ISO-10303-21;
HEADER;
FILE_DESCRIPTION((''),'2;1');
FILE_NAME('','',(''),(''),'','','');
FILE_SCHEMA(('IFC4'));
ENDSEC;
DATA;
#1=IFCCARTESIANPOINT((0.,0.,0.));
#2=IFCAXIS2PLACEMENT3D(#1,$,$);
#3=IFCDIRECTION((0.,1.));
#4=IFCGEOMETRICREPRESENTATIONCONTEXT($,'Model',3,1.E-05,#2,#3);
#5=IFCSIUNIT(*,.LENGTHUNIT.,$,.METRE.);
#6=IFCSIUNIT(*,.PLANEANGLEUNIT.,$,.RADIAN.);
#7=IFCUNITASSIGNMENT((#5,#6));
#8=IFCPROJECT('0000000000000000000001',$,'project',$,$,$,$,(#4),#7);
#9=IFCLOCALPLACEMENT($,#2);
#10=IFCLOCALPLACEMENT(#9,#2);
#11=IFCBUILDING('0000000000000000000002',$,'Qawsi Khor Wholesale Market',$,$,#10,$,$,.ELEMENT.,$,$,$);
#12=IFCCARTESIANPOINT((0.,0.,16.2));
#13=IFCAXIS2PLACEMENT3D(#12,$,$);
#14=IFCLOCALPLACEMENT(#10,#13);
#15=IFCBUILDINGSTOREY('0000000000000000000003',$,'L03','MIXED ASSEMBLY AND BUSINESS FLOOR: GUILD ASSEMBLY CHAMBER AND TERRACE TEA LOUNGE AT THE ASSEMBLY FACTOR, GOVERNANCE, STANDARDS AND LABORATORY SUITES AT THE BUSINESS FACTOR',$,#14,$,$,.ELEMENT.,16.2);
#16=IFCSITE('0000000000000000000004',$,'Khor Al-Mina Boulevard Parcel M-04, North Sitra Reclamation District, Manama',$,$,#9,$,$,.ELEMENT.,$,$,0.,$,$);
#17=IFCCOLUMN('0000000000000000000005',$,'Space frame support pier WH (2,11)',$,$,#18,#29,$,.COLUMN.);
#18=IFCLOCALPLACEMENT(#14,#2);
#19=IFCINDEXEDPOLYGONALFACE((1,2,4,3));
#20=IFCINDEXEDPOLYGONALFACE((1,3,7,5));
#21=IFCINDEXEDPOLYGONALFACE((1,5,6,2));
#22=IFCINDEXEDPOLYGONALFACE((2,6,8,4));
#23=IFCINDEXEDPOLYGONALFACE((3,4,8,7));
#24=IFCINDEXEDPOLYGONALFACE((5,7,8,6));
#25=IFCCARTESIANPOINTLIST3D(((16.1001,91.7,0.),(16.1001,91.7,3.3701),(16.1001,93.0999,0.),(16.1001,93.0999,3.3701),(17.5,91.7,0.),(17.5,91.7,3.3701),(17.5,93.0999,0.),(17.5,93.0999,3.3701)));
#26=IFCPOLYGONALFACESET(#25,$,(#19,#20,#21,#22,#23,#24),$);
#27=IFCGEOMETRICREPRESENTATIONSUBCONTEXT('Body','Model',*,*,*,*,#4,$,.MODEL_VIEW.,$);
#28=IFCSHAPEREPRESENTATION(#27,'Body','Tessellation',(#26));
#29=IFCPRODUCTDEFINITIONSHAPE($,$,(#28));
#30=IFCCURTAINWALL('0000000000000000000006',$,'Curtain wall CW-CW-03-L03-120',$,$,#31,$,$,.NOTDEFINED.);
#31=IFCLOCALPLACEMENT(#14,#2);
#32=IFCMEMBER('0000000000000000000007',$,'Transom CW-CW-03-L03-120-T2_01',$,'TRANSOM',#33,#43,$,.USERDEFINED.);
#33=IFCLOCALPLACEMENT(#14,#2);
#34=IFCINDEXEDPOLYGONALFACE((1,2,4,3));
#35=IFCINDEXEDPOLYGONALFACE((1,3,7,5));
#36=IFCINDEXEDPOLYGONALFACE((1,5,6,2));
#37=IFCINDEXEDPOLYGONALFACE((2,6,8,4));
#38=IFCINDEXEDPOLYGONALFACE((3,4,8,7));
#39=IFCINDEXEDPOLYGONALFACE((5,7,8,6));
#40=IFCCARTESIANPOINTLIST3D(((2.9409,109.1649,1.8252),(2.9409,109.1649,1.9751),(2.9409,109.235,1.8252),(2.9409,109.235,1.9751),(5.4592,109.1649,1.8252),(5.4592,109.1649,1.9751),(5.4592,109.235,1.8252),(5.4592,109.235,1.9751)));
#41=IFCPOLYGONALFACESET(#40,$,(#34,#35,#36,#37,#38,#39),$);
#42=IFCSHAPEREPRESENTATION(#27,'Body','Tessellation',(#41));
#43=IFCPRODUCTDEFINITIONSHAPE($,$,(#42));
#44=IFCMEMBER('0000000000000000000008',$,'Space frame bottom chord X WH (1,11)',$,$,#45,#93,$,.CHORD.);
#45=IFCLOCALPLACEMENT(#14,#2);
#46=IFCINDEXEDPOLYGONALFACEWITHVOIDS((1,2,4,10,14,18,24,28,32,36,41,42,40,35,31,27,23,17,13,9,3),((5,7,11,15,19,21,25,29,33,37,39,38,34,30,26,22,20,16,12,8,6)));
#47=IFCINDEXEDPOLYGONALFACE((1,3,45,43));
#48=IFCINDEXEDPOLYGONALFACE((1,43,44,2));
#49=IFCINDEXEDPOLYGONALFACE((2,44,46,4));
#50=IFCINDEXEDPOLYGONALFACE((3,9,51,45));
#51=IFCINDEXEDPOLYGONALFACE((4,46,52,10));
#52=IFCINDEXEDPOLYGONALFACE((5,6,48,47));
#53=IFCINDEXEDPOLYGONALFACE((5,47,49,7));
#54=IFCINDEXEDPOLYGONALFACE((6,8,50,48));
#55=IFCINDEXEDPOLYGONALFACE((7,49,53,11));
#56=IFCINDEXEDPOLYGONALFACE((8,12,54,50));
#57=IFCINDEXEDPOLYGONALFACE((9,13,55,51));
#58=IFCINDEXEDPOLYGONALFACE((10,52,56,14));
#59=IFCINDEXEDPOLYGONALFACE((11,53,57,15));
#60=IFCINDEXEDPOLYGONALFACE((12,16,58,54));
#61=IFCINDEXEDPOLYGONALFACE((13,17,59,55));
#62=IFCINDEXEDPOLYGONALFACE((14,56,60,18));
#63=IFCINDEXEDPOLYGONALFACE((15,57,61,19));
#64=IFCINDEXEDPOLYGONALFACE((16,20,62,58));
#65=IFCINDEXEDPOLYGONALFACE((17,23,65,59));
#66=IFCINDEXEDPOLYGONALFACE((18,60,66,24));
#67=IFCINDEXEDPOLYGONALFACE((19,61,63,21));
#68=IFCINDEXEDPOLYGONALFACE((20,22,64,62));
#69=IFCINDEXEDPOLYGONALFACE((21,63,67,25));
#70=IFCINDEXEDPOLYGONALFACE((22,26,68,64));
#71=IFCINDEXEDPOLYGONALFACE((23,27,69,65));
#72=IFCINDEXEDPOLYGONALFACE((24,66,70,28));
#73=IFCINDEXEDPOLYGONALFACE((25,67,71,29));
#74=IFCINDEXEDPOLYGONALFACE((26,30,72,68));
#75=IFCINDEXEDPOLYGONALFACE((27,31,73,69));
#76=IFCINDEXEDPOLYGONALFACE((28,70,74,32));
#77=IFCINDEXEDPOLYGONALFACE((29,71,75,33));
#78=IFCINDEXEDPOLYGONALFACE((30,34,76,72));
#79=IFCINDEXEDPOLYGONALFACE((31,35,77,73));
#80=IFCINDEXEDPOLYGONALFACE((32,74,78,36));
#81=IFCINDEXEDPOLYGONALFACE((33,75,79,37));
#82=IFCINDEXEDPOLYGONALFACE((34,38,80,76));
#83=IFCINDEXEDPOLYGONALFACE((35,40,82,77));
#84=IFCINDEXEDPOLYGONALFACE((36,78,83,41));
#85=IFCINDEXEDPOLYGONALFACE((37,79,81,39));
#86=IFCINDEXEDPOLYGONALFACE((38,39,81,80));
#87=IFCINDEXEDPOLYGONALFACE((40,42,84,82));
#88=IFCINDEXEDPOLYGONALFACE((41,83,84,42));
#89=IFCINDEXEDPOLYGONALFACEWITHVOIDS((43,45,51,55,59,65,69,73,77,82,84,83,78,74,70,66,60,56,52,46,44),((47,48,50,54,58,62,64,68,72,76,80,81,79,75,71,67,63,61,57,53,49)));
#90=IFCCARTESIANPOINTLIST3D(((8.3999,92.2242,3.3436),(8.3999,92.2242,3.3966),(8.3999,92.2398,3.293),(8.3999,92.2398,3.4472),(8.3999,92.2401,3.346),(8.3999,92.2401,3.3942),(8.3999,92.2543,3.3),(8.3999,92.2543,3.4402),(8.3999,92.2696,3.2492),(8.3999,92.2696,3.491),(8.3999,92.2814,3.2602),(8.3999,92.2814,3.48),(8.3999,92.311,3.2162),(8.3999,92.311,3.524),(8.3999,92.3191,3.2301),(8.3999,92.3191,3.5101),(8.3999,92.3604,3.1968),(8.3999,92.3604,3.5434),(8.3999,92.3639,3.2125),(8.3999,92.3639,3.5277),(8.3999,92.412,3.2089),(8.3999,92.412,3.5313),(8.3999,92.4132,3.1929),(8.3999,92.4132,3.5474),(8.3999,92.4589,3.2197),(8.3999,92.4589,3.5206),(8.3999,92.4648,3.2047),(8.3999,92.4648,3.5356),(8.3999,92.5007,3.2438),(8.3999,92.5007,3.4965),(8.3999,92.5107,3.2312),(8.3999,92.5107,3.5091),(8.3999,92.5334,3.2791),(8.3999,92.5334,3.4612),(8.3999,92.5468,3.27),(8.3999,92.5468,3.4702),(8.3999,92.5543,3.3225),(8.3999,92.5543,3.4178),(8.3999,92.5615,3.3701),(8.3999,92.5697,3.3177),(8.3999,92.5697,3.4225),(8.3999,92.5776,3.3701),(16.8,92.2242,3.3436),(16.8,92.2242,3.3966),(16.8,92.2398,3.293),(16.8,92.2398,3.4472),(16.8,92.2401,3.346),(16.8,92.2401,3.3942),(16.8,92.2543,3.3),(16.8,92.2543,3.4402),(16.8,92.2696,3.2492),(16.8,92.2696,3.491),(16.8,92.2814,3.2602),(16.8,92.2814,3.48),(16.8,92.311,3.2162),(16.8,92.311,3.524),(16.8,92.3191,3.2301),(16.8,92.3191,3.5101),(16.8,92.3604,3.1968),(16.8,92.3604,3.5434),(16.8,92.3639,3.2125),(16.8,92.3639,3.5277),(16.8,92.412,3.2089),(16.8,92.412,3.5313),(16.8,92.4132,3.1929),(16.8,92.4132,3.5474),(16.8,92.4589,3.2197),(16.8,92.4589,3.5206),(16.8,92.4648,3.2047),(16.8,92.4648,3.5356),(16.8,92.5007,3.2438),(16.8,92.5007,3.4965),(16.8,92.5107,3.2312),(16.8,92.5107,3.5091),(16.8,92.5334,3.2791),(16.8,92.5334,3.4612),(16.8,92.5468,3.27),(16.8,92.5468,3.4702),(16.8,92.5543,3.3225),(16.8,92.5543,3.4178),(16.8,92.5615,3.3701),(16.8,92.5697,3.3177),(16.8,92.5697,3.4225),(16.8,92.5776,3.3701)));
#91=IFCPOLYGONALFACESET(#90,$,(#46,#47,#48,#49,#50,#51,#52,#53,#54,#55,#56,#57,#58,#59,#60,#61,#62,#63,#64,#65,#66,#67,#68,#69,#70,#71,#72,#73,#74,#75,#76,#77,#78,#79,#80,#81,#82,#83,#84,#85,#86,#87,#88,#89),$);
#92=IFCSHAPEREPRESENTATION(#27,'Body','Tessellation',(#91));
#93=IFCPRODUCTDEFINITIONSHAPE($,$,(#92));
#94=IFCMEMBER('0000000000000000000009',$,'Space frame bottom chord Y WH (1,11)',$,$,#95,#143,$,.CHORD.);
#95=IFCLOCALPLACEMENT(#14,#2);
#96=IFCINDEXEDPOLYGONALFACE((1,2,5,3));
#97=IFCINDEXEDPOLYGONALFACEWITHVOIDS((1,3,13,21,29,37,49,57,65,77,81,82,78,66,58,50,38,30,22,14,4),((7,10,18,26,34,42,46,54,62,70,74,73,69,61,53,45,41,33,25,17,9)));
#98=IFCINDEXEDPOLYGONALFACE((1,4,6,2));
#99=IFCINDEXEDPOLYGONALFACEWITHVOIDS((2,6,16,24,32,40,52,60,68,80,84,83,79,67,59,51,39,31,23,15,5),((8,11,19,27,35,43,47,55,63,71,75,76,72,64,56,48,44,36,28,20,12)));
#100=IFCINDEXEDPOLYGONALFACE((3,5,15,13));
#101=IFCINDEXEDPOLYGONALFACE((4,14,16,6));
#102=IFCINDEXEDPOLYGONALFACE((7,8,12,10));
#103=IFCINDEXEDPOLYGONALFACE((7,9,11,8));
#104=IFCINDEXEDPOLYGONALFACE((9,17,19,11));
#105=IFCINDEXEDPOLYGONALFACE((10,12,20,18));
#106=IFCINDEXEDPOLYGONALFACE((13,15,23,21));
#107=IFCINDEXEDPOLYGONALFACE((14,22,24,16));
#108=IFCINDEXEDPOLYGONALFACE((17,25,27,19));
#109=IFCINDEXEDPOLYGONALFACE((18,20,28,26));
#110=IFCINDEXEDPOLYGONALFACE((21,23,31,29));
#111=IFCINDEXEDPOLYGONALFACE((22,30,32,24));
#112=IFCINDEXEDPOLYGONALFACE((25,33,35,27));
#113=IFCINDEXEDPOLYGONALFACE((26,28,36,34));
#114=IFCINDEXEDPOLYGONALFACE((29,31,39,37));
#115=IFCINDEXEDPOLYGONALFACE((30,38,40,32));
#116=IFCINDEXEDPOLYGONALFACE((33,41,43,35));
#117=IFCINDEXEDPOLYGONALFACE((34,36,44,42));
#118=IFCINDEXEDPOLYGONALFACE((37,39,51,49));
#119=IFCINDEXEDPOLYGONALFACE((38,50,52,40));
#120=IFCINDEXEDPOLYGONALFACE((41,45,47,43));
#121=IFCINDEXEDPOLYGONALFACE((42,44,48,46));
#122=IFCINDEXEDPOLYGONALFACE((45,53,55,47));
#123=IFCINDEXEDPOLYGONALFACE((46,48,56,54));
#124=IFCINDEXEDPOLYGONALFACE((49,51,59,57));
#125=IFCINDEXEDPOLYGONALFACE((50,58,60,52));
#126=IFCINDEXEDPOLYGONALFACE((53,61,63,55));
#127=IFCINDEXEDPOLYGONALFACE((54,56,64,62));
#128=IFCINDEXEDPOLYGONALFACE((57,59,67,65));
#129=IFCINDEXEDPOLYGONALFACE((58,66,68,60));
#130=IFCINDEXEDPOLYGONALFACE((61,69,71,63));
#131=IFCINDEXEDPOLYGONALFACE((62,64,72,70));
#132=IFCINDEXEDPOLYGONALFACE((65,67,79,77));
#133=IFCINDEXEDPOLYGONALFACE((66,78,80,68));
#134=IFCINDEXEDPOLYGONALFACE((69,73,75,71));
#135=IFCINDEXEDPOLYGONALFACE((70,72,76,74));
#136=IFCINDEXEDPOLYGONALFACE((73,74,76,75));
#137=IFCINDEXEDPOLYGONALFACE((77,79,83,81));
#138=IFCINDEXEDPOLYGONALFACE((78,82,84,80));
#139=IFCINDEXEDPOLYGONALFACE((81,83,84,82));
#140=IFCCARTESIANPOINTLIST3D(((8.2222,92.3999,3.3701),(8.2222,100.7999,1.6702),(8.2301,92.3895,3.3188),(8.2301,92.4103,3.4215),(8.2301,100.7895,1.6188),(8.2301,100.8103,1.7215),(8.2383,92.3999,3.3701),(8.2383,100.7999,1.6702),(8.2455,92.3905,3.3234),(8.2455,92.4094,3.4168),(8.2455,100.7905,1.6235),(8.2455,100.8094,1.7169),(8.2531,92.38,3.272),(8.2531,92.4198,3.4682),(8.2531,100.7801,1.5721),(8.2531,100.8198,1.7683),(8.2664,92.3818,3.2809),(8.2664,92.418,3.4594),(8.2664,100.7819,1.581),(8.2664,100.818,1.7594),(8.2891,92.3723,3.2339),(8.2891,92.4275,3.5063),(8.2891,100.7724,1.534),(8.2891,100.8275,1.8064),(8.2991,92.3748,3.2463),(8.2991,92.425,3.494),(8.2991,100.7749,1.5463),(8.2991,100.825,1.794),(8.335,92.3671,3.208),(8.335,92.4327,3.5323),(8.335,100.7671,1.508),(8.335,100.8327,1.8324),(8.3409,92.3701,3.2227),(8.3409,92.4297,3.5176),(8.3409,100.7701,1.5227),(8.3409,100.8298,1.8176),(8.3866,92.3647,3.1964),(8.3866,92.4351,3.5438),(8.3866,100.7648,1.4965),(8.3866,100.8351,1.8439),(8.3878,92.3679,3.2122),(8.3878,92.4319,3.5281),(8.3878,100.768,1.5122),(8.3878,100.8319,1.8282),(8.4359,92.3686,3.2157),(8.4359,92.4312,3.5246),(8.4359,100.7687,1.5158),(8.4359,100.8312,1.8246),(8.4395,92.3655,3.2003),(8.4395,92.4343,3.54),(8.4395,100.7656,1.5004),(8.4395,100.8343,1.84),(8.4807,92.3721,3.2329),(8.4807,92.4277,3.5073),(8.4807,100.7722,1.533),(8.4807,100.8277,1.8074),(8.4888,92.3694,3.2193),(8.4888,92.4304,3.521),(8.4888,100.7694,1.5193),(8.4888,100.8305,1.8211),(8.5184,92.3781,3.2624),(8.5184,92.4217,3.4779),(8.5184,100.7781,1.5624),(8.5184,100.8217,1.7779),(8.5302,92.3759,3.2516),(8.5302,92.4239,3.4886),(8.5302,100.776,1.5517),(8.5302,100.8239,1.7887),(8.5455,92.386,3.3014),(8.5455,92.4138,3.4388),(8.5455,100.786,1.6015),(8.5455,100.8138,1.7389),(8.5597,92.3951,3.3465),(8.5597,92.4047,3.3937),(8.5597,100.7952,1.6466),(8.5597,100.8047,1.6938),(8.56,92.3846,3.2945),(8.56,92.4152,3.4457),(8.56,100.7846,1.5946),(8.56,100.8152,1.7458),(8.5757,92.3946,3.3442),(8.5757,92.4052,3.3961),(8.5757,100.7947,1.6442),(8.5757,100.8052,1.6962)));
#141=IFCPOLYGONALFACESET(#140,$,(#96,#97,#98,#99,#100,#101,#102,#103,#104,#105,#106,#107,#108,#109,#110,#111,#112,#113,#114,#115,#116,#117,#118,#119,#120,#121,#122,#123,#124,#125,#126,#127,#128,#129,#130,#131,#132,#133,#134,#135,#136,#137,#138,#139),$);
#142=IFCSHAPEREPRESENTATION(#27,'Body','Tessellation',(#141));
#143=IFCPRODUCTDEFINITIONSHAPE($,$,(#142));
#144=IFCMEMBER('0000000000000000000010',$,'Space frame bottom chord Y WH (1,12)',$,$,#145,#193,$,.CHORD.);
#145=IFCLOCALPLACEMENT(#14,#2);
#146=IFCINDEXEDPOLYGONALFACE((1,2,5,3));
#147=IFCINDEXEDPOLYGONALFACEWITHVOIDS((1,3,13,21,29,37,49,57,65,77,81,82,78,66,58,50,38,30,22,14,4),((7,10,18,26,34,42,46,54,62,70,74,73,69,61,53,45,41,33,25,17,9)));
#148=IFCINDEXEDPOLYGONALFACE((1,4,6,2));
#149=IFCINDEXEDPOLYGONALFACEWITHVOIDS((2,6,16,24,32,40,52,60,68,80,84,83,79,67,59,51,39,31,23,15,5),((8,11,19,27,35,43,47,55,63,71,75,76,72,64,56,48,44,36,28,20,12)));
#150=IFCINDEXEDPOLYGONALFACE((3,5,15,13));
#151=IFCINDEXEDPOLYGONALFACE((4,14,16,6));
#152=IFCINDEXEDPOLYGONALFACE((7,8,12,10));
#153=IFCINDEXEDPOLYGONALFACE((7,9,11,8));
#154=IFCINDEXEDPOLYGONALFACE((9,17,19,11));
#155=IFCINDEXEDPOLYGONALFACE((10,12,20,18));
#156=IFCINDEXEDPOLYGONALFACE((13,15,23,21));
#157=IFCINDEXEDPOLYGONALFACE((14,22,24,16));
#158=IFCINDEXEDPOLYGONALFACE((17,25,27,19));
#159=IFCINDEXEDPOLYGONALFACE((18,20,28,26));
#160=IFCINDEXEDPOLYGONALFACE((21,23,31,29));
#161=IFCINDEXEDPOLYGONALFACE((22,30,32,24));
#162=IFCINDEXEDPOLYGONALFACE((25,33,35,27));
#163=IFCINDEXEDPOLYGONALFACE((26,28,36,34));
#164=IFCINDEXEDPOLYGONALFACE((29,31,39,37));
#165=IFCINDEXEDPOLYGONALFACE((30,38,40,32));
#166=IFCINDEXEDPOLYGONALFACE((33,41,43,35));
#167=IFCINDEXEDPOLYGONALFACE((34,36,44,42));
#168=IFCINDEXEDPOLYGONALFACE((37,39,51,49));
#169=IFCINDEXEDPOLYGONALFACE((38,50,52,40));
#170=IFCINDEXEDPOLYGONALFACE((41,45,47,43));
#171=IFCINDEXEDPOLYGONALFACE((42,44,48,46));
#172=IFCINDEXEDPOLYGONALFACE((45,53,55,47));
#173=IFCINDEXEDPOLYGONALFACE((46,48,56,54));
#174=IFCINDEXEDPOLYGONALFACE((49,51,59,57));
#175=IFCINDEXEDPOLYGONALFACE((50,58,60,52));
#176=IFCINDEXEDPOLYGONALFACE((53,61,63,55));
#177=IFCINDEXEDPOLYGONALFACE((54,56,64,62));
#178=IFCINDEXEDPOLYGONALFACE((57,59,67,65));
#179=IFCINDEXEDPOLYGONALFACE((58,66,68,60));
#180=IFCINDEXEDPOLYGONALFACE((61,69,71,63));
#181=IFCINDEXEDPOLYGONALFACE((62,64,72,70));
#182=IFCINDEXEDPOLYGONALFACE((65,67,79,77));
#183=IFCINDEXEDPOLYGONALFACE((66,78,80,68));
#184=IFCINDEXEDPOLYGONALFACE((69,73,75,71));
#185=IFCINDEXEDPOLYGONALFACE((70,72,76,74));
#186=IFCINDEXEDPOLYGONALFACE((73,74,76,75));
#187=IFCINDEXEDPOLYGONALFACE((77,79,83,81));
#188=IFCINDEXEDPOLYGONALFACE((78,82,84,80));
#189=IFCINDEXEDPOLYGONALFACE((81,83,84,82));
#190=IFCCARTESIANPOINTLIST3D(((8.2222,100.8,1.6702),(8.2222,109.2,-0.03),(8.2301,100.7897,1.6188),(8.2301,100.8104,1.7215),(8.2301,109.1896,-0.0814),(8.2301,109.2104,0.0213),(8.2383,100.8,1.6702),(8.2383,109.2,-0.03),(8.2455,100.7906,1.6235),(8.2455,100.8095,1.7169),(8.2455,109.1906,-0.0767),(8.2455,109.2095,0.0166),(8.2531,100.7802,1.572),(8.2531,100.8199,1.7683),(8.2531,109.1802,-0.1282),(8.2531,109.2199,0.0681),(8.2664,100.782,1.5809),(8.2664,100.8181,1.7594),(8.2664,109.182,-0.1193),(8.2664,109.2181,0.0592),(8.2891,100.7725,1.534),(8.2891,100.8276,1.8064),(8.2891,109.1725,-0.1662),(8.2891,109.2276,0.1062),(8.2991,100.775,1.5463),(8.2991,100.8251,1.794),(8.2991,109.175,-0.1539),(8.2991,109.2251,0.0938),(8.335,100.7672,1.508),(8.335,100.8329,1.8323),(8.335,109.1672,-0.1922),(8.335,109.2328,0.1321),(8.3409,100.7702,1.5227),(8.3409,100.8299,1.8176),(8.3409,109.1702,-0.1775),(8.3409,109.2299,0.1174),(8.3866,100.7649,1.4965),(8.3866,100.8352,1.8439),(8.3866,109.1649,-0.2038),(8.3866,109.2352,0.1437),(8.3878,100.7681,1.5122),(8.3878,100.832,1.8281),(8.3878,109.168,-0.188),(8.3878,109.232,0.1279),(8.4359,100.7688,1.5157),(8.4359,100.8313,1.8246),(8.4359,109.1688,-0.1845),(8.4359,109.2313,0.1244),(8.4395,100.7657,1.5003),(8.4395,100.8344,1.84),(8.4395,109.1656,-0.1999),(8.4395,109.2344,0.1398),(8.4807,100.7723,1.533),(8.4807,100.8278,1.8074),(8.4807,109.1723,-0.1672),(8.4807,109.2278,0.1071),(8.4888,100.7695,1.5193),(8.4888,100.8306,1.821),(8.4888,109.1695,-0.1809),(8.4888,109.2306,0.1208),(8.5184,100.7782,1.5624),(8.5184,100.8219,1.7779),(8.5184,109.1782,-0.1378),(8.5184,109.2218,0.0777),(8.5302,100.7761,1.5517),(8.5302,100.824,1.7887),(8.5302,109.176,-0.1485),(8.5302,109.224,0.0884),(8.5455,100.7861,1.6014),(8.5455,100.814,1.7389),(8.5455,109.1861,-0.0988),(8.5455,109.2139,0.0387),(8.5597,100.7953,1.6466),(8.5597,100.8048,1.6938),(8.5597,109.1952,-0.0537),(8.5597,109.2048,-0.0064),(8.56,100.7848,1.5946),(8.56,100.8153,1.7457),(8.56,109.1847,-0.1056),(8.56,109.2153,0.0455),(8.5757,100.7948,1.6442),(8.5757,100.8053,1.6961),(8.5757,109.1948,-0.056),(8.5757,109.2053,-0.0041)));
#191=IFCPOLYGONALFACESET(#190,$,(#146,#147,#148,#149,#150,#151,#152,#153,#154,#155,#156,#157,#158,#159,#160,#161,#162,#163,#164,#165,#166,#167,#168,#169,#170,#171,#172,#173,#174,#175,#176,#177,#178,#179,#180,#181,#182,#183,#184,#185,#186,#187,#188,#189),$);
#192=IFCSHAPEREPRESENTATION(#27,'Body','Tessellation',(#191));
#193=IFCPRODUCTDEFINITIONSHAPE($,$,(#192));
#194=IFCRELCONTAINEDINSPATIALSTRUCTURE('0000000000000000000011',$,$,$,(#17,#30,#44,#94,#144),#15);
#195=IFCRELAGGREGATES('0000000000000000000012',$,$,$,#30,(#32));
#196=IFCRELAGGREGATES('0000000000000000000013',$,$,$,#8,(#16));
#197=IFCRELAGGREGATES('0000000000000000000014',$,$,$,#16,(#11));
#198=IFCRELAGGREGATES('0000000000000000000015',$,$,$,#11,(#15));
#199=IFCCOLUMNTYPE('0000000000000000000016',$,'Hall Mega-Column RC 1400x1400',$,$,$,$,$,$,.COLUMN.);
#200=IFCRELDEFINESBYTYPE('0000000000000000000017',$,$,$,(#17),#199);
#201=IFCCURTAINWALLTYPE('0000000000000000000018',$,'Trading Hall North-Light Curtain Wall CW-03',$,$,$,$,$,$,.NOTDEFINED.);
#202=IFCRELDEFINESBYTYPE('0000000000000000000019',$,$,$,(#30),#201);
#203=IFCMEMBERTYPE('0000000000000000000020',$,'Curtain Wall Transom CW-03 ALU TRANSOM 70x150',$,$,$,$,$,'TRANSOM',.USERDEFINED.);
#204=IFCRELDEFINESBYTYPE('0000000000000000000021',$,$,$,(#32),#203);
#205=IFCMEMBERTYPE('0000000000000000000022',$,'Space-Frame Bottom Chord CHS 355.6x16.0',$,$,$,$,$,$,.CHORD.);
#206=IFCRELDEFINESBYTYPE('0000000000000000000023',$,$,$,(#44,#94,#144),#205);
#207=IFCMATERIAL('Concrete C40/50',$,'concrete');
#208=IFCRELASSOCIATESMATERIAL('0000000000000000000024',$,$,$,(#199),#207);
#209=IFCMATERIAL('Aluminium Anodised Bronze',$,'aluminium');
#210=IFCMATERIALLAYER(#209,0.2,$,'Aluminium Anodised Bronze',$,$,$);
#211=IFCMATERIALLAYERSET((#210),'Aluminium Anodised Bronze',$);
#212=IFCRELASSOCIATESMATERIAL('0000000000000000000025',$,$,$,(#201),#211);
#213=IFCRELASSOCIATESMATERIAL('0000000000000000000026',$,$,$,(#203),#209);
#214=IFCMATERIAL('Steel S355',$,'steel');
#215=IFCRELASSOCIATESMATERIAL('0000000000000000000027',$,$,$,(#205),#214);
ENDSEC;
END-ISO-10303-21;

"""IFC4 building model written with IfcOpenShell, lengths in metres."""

from ifc_helpers import new_model, si_unit, direction, frame, origin, origin_2d, place, context, subcontext, project, spatial, rectangle, hollow_circle, extrude, material, layer, layer_set, material_profile, profile_set, type_object, element, aggregate, save


model = new_model("IFC4")

# Units and contexts
model_context = context("Model", 3, precision=1e-05, world=origin(), true_north=direction((0.0, 1.0)))
body_context = subcontext(model_context, "Body", "Model", "MODEL_VIEW")
ifc_project = project(units=[si_unit("LENGTHUNIT", "METRE"), si_unit("PLANEANGLEUNIT", "RADIAN")], contexts=[model_context])

# Site, building, storey
site_placement = place(None, origin())
site = spatial("IfcSite", under=ifc_project, at=site_placement, Name="Khor Al-Mina Boulevard Parcel M-04, North Sitra Reclamation District, Manama", CompositionType="ELEMENT", RefElevation=0.0)
building_placement = place(site_placement, origin())
building = spatial("IfcBuilding", under=site, at=building_placement, Name="Qawsi Khor Wholesale Market", CompositionType="ELEMENT")
storey_placement = place(building_placement, frame((0.0, 0.0, 16.2)))
storey = spatial("IfcBuildingStorey", under=building, at=storey_placement, Name="L03", Description="MIXED ASSEMBLY AND BUSINESS FLOOR: GUILD ASSEMBLY CHAMBER AND TERRACE TEA LOUNGE AT THE ASSEMBLY FACTOR, GOVERNANCE, STANDARDS AND LABORATORY SUITES AT THE BUSINESS FACTOR", CompositionType="ELEMENT", Elevation=16.2)

# Column
ifc_material_1 = material(Name="Concrete C40/50", Category="concrete")
ifc_material_profile_1 = material_profile(ifc_material_1, rectangle(XDim=1.3999, YDim=1.3999, at=origin_2d()), Name="RC 1400x1400")
ifc_profile_set_1 = profile_set([ifc_material_profile_1], Name="Concrete C40/50")
column_type = type_object("IfcColumnType", Name="Hall Mega-Column RC 1400x1400", PredefinedType="COLUMN", material=ifc_profile_set_1)
column_placement = place(storey_placement, frame((16.8, 92.3999, 0.0), z_axis=(0.0, 0.0, 1.0), x_axis=(1.0, 0.0, 0.0)))
element("IfcColumn", 1, at=column_placement, inside=storey, type_object=column_type, Name="Space frame support pier WH (2,11)", PredefinedType="COLUMN", context=body_context, shape_type="SweptSolid", body=[
    extrude(rectangle(XDim=1.3999, YDim=1.3999, at=origin_2d()), origin(), (0.0, 0.0, 1.0), 3.3701),
])

# Curtain wall, member
ifc_material_2 = material(Name="Aluminium Anodised Bronze", Category="aluminium")
ifc_layer_1 = layer(ifc_material_2, 0.2, Name="Aluminium Anodised Bronze")
ifc_layer_set_1 = layer_set([ifc_layer_1], Name="Aluminium Anodised Bronze")
curtain_wall_type = type_object("IfcCurtainWallType", Name="Trading Hall North-Light Curtain Wall CW-03", PredefinedType="NOTDEFINED", material=ifc_layer_set_1)
curtain_wall_placement = place(storey_placement, origin())
curtain_wall = element("IfcCurtainWall", 2, at=curtain_wall_placement, inside=storey, type_object=curtain_wall_type, Name="Curtain wall CW-CW-03-L03-120", PredefinedType="NOTDEFINED")
ifc_material_profile_2 = material_profile(ifc_material_2, rectangle(XDim=0.0701, YDim=0.1499, at=origin_2d()), Name="ALU TRANSOM 70x150")
ifc_profile_set_2 = profile_set([ifc_material_profile_2], Name="Aluminium Anodised Bronze")
member_type_1 = type_object("IfcMemberType", Name="Curtain Wall Transom CW-03 ALU TRANSOM 70x150", ElementType="TRANSOM", PredefinedType="USERDEFINED", material=ifc_profile_set_2)
member_1_placement = place(storey_placement, frame((2.9409, 109.2, 1.9001), z_axis=(1.0, 0.0, 0.0), x_axis=(0.0, 1.0, 0.0)))
member_1 = element("IfcMember", 3, at=member_1_placement, type_object=member_type_1, Name="Transom CW-CW-03-L03-120-T2_01", ObjectType="TRANSOM", PredefinedType="USERDEFINED", context=body_context, shape_type="SweptSolid", body=[
    extrude(rectangle(XDim=0.0701, YDim=0.1499, at=origin_2d()), origin(), (0.0, 0.0, 1.0), 2.5183),
])

# Members
ifc_material_3 = material(Name="Steel S355", Category="steel")
ifc_material_profile_3 = material_profile(ifc_material_3, hollow_circle(Radius=0.1777, WallThickness=0.0161, at=origin_2d()), Name="CHS 355.6x16.0")
ifc_profile_set_3 = profile_set([ifc_material_profile_3], Name="Steel S355")
member_type_2 = type_object("IfcMemberType", Name="Space-Frame Bottom Chord CHS 355.6x16.0", PredefinedType="CHORD", material=ifc_profile_set_3)
member_2_placement = place(storey_placement, frame((8.3999, 92.3999, 3.3701), z_axis=(1.0, 0.0, 0.0), x_axis=(0.0, 1.0, 0.0)))
element("IfcMember", 4, at=member_2_placement, inside=storey, type_object=member_type_2, Name="Space frame bottom chord X WH (1,11)", PredefinedType="CHORD", context=body_context, shape_type="SweptSolid", body=[
    extrude(hollow_circle(Radius=0.1777, WallThickness=0.0161, at=origin_2d()), origin(), (0.0, 0.0, 1.0), 8.4001),
])
for number, where, z_axis, x_axis, name in (
    (5, (8.3999, 92.3999, 3.3701), (0.0, 0.980131, -0.198351), (-1.0, 0.0, 0.0), "Space frame bottom chord Y WH (1,11)"),
    (6, (8.3999, 100.8, 1.6702), (0.0, 0.980124, -0.198384), (-1.0, 0.0, 0.0), "Space frame bottom chord Y WH (1,12)"),
):
    element("IfcMember", number, at=place(storey_placement, frame(where, z_axis=z_axis, x_axis=x_axis)), inside=storey, type_object=member_type_2, Name=name, PredefinedType="CHORD", context=body_context, shape_type="SweptSolid", body=[
        extrude(hollow_circle(Radius=0.1777, WallThickness=0.0161, at=origin_2d()), origin(), (0.0, 0.0, 1.0), 8.5703),
    ])

aggregate(curtain_wall, [member_1])

save(model, "model.ifc")
